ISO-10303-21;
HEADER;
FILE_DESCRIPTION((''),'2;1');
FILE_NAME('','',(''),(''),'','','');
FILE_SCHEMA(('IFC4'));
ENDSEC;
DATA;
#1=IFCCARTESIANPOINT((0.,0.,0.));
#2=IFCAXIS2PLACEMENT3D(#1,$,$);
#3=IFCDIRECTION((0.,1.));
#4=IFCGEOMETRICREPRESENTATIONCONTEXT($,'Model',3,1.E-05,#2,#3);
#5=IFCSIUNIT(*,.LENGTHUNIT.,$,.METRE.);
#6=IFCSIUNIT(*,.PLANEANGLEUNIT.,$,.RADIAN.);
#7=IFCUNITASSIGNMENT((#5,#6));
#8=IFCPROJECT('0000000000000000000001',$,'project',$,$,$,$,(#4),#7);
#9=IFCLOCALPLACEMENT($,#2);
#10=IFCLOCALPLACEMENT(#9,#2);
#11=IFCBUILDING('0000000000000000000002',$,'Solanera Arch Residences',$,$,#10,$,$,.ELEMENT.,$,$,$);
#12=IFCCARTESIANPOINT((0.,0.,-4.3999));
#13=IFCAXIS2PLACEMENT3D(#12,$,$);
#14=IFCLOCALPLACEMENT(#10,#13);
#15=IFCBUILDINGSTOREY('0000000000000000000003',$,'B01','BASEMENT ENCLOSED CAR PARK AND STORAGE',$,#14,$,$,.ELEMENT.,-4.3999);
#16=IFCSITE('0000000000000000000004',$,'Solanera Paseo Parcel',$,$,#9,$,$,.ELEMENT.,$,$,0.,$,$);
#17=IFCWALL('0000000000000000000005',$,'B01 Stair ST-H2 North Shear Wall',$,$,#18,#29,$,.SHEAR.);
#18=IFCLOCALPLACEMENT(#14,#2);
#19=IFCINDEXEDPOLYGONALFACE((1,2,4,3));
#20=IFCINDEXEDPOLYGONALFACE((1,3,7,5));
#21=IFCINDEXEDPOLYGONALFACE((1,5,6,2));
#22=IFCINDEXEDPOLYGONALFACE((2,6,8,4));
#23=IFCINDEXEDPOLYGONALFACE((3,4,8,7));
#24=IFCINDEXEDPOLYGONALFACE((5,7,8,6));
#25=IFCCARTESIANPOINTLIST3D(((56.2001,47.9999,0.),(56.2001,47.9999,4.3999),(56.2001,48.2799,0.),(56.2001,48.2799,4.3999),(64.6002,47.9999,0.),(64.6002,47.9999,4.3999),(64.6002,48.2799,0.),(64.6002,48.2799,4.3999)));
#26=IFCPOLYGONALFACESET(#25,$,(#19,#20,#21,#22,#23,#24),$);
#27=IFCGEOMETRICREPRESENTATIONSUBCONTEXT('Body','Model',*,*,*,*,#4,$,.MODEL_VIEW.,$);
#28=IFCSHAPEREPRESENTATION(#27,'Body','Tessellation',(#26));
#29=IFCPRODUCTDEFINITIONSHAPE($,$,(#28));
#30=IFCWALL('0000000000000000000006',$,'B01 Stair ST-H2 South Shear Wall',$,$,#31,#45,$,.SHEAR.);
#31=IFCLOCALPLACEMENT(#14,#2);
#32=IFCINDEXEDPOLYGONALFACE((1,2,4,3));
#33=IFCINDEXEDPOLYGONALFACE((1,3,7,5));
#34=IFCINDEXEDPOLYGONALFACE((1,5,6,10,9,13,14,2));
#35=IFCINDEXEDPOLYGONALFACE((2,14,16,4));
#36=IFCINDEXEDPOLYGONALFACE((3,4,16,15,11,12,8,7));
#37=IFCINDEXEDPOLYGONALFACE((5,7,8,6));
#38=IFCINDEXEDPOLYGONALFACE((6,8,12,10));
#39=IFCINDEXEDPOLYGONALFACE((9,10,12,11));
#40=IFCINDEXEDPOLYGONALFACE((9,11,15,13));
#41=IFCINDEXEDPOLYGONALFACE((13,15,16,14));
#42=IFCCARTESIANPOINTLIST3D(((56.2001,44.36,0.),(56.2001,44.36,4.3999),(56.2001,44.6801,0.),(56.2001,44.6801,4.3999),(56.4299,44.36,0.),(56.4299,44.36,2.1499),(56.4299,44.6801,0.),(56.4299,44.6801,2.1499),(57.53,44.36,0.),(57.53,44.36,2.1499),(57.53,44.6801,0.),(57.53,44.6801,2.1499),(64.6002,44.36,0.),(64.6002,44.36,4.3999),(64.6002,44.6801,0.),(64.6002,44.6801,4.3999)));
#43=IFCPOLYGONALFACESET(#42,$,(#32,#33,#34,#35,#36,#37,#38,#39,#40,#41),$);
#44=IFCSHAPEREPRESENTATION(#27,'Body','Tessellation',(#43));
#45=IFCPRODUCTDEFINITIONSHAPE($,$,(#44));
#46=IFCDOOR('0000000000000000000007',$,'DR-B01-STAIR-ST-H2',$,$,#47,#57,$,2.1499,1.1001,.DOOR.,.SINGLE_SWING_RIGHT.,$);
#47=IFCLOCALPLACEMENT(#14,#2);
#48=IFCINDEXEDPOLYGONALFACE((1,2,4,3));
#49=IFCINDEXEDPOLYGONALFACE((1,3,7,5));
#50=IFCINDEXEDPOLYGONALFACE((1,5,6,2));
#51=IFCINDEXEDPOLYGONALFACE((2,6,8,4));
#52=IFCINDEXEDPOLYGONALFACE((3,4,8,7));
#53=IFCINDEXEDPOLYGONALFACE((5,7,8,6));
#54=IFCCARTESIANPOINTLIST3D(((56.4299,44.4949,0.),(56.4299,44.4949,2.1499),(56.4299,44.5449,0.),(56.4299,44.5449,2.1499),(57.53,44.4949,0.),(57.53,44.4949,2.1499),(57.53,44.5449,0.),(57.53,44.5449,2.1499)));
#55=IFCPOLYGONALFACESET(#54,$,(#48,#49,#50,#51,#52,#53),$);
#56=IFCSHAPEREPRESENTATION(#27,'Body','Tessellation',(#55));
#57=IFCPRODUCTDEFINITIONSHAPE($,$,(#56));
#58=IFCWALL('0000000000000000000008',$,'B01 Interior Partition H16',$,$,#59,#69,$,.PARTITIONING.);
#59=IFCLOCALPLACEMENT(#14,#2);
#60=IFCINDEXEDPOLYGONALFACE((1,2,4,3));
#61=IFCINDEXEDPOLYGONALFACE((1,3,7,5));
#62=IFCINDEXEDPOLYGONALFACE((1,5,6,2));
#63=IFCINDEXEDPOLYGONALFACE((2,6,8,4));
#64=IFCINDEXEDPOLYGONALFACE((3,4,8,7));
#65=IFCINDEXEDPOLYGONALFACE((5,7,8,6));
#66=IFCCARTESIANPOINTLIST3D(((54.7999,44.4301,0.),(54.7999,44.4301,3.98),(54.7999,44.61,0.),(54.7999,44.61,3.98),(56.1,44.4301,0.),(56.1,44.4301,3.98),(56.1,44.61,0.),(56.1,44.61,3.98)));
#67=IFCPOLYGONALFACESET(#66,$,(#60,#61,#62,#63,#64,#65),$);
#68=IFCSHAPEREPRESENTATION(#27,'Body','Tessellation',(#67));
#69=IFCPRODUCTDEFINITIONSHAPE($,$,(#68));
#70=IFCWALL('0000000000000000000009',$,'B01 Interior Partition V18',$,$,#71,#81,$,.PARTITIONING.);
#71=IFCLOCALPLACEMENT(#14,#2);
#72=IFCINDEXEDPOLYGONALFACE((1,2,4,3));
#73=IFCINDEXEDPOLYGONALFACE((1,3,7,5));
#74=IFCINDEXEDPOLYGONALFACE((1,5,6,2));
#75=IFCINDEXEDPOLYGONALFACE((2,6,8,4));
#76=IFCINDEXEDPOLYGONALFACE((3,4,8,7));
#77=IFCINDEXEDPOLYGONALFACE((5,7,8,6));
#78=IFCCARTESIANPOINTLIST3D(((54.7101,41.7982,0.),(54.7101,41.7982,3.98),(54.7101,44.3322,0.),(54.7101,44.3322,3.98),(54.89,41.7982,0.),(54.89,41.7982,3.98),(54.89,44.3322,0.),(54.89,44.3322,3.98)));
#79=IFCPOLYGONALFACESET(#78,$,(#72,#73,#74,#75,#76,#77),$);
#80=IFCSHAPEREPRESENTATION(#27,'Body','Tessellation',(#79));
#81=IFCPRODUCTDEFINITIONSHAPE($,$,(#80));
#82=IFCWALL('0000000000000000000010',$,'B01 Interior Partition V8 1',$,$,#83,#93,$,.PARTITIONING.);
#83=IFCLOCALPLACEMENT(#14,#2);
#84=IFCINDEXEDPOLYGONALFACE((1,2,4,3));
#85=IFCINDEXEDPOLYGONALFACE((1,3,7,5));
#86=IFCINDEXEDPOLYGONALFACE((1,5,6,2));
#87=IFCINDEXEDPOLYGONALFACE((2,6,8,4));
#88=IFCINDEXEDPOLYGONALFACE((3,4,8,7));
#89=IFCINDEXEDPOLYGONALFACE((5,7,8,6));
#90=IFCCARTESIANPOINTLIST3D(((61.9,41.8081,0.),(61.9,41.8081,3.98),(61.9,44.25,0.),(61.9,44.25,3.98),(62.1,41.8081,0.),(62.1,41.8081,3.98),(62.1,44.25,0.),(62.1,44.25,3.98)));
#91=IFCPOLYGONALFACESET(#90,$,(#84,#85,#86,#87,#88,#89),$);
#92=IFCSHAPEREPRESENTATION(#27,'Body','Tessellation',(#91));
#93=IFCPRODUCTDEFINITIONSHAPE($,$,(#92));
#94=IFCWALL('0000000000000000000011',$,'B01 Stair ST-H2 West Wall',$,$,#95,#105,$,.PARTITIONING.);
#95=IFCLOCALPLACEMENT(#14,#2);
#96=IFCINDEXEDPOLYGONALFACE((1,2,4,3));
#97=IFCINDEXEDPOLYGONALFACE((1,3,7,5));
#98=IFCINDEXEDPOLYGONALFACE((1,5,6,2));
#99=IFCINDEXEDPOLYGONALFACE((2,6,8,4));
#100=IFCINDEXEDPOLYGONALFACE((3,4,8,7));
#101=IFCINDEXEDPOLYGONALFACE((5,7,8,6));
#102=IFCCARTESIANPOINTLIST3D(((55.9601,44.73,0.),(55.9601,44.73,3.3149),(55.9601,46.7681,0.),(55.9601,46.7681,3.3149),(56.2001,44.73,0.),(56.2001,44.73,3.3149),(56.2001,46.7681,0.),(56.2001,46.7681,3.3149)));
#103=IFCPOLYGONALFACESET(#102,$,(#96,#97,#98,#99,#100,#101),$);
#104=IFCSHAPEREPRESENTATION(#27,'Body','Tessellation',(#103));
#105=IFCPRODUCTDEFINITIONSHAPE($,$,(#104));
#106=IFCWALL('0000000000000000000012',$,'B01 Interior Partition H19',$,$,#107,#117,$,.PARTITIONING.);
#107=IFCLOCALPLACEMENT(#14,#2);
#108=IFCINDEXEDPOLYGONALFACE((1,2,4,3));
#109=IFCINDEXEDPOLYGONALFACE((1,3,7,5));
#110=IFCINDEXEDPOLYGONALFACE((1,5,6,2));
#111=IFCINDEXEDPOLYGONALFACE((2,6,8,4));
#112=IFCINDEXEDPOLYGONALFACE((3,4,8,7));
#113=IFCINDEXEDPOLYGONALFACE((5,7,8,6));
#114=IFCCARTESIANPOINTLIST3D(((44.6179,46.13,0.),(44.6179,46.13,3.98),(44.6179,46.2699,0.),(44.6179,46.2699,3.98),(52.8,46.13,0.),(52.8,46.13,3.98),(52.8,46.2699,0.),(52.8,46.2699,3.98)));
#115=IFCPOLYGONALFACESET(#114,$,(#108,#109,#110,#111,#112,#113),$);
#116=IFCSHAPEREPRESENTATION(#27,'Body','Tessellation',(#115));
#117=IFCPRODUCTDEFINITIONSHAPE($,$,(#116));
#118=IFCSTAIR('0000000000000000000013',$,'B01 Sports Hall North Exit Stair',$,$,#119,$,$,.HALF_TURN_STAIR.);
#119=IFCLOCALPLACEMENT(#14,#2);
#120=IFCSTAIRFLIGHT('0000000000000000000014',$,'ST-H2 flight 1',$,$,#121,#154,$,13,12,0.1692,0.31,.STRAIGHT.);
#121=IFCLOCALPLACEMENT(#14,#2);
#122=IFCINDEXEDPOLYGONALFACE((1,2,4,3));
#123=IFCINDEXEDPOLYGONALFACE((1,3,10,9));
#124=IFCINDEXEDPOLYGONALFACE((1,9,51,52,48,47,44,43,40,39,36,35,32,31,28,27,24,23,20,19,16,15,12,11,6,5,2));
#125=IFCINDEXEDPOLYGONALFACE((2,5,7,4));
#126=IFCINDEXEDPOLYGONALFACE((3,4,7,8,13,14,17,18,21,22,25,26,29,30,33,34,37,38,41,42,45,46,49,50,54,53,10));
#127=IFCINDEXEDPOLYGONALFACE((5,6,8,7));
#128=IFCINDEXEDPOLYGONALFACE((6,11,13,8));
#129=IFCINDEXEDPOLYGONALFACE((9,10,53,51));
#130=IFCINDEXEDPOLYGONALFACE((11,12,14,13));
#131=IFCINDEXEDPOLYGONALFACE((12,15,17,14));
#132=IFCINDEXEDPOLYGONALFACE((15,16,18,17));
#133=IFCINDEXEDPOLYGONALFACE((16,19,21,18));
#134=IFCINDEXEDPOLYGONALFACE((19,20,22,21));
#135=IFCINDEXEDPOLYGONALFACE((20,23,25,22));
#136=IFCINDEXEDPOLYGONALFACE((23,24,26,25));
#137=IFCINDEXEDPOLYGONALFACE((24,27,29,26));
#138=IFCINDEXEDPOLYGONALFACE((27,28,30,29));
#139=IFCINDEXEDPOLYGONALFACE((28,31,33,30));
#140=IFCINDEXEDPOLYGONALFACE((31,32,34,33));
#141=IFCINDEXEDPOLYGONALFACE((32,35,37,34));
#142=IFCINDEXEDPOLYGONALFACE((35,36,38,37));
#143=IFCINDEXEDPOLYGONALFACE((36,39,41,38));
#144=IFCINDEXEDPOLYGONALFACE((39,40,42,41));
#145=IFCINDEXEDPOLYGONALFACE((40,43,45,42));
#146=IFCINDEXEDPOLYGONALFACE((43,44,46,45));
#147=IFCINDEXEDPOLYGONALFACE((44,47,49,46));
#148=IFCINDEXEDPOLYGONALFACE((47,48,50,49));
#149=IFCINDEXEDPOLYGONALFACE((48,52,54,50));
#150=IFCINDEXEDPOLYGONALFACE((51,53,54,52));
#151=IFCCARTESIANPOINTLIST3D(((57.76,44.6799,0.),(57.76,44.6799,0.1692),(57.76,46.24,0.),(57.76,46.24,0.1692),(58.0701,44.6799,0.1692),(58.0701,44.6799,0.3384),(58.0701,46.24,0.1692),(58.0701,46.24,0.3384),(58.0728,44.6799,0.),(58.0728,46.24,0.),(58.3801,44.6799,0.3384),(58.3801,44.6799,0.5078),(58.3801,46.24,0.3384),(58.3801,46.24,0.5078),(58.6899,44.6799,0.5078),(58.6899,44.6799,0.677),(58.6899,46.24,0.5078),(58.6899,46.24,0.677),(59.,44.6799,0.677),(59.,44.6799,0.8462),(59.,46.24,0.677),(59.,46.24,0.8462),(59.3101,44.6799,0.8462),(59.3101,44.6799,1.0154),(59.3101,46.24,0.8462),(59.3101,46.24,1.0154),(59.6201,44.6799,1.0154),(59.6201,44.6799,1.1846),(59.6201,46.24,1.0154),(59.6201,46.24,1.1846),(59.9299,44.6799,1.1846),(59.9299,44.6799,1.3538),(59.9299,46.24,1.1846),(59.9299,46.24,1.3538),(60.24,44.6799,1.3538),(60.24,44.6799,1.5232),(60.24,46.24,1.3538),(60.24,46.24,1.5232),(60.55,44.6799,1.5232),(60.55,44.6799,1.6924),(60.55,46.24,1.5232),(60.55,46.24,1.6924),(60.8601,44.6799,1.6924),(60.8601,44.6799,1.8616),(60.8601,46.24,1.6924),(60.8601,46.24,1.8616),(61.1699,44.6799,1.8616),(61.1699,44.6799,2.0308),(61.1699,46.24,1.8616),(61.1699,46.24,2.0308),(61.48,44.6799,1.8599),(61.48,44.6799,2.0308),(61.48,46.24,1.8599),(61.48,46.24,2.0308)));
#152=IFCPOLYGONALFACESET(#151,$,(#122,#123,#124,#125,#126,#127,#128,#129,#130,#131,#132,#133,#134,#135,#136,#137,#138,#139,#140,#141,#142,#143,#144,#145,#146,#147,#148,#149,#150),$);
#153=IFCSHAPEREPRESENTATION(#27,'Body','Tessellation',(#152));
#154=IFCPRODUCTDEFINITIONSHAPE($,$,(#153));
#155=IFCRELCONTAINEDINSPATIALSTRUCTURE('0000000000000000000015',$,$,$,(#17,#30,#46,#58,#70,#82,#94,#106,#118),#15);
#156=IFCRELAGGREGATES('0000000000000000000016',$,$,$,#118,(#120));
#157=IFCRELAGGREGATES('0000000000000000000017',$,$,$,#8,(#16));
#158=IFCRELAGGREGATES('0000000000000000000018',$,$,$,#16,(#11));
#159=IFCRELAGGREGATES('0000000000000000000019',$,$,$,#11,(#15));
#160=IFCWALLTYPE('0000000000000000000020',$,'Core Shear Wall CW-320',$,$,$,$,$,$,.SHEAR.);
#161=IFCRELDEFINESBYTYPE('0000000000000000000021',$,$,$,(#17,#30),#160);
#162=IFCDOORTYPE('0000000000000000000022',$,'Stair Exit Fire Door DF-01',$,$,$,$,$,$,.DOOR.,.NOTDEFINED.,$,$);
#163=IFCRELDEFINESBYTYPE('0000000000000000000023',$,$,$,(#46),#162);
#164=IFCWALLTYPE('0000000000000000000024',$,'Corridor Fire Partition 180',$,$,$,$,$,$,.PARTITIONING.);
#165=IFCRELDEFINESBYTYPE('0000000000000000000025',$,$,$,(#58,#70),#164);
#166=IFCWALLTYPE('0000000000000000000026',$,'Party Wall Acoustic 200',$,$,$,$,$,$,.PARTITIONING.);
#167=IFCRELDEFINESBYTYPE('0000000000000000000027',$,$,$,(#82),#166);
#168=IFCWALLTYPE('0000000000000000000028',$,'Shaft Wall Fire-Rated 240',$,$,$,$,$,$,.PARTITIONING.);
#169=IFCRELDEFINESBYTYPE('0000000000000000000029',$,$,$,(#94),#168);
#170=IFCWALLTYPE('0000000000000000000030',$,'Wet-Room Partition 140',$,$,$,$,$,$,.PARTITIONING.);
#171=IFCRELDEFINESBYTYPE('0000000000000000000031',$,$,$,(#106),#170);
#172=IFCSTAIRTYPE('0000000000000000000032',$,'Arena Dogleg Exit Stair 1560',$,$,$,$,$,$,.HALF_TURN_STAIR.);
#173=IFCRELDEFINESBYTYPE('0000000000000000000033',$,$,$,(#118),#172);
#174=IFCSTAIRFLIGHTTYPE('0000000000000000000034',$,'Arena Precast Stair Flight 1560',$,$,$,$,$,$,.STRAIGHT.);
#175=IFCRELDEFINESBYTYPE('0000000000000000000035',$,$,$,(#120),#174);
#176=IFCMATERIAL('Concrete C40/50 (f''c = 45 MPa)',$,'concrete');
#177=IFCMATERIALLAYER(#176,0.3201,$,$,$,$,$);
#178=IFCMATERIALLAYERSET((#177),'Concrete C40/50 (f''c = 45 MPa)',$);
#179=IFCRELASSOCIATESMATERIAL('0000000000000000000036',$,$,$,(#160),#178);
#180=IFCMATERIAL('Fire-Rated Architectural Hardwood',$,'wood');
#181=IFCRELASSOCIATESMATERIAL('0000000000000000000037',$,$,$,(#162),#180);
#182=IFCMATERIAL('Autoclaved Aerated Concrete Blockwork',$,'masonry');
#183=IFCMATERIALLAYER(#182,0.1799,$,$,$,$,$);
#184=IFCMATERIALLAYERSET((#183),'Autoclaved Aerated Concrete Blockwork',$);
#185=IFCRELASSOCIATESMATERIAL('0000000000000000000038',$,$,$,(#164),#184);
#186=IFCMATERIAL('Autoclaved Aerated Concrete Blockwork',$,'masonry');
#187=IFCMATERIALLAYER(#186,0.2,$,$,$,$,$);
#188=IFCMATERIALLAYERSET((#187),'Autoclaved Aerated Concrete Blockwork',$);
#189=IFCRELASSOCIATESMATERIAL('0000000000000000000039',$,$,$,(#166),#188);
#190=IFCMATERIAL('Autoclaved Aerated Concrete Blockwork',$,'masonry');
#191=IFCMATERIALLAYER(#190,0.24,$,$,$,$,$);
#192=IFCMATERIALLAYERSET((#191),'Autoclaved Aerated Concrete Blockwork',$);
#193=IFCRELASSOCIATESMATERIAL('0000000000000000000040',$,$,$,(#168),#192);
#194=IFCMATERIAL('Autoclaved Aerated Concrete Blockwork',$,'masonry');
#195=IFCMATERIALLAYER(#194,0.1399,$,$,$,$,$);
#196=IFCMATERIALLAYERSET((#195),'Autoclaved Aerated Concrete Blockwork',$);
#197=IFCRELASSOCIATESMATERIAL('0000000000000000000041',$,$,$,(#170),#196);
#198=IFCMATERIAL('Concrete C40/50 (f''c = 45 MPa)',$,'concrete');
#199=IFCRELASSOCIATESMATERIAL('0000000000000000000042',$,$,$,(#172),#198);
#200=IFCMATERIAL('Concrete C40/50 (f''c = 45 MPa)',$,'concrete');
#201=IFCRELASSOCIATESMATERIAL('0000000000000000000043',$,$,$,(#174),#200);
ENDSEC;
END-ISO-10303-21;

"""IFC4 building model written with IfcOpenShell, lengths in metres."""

from ifc_helpers import new_model, si_unit, direction, frame, frame_2d, origin, place, context, subcontext, project, spatial, polyline, rectangle, outline, extrude, material, layer, layer_set, type_object, element, fill, aggregate, save


model = new_model("IFC4")

# Units and contexts
model_context = context("Model", 3, precision=1e-05, world=origin(), true_north=direction((0.0, 1.0)))
body_context = subcontext(model_context, "Body", "Model", "MODEL_VIEW")
ifc_project = project(units=[si_unit("LENGTHUNIT", "METRE"), si_unit("PLANEANGLEUNIT", "RADIAN")], contexts=[model_context])

# Site, building, storey
site_placement = place(None, origin())
site = spatial("IfcSite", under=ifc_project, at=site_placement, Name="Solanera Paseo Parcel", CompositionType="ELEMENT", RefElevation=0.0)
building_placement = place(site_placement, origin())
building = spatial("IfcBuilding", under=site, at=building_placement, Name="Solanera Arch Residences", CompositionType="ELEMENT")
storey_placement = place(building_placement, frame((0.0, 0.0, -4.3999)))
storey = spatial("IfcBuildingStorey", under=building, at=storey_placement, Name="B01", Description="BASEMENT ENCLOSED CAR PARK AND STORAGE", CompositionType="ELEMENT", Elevation=-4.3999)

# Wall
ifc_material_1 = material(Name="Concrete C40/50 (f'c = 45 MPa)", Category="concrete")
ifc_layer_1 = layer(ifc_material_1, 0.3201)
ifc_layer_set_1 = layer_set([ifc_layer_1], Name="Concrete C40/50 (f'c = 45 MPa)")
wall_type_1 = type_object("IfcWallType", Name="Core Shear Wall CW-320", PredefinedType="SHEAR", material=ifc_layer_set_1)
wall_1_placement = place(storey_placement, frame((56.2, 48.1399, 0.0), z_axis=(0.0, 0.0, 1.0), x_axis=(1.0, 0.0, 0.0)))
element("IfcWall", 1, at=wall_1_placement, inside=storey, type_object=wall_type_1, Name="B01 Stair ST-H2 North Shear Wall", PredefinedType="SHEAR", context=body_context, shape_type="SweptSolid", body=[
    extrude(rectangle(XDim=8.4001, YDim=0.28, at=frame_2d((4.2002, 0.0))), origin(), (0.0, 0.0, 1.0), 4.3999),
])

# Wall, opening, door
wall_2_placement = place(storey_placement, frame((56.2, 44.52, 0.0), z_axis=(0.0, 0.0, 1.0), x_axis=(1.0, 0.0, 0.0)))
wall_2 = element("IfcWall", 2, at=wall_2_placement, inside=storey, type_object=wall_type_1, Name="B01 Stair ST-H2 South Shear Wall", PredefinedType="SHEAR", context=body_context, shape_type="SweptSolid", body=[
    extrude(rectangle(XDim=8.4001, YDim=0.3201, at=frame_2d((4.2002, 0.0))), origin(), (0.0, 0.0, 1.0), 4.3999),
])
opening_placement = place(wall_2_placement, frame((0.23, 0.0, 0.0)))
opening = element("IfcOpeningElement", 3, at=opening_placement, cuts=wall_2, PredefinedType="OPENING", context=body_context, shape_type="SweptSolid", body=[
    extrude(rectangle(XDim=1.1001, YDim=2.1499, at=frame_2d((0.55, 1.075))), frame((0.0, 0.1699, 0.0), z_axis=(0.0, -1.0, 0.0), x_axis=(1.0, 0.0, 0.0)), (0.0, 0.0, 1.0), 0.3401),
])
ifc_material_2 = material(Name="Fire-Rated Architectural Hardwood", Category="wood")
door_type = type_object("IfcDoorType", Name="Stair Exit Fire Door DF-01", OperationType="NOTDEFINED", PredefinedType="DOOR", material=ifc_material_2)
door_placement = place(opening_placement, origin())
door = element("IfcDoor", 4, at=door_placement, inside=storey, type_object=door_type, Name="DR-B01-STAIR-ST-H2", OperationType="SINGLE_SWING_RIGHT", OverallHeight=2.1499, OverallWidth=1.1001, PredefinedType="DOOR", context=body_context, shape_type="SweptSolid", body=[
    extrude(rectangle(XDim=1.1001, YDim=2.1499, at=frame_2d((0.55, 1.075))), frame((0.0, 0.0249, 0.0), z_axis=(0.0, -1.0, 0.0), x_axis=(1.0, 0.0, 0.0)), (0.0, 0.0, 1.0), 0.05),
])
fill(opening, door)

# Walls
ifc_material_3 = material(Name="Autoclaved Aerated Concrete Blockwork", Category="masonry")
ifc_layer_2 = layer(ifc_material_3, 0.1799)
ifc_layer_set_2 = layer_set([ifc_layer_2], Name="Autoclaved Aerated Concrete Blockwork")
wall_type_2 = type_object("IfcWallType", Name="Corridor Fire Partition 180", PredefinedType="PARTITIONING", material=ifc_layer_set_2)
wall_3_placement = place(storey_placement, frame((54.8, 44.52, 0.0), z_axis=(0.0, 0.0, 1.0), x_axis=(1.0, 0.0, 0.0)))
element("IfcWall", 5, at=wall_3_placement, inside=storey, type_object=wall_type_2, Name="B01 Interior Partition H16", PredefinedType="PARTITIONING", context=body_context, shape_type="SweptSolid", body=[
    extrude(rectangle(XDim=1.3, YDim=0.1799, at=frame_2d((0.6499, 0.0))), origin(), (0.0, 0.0, 1.0), 3.98),
])
wall_4_placement = place(storey_placement, frame((54.8, 41.7981, 0.0), z_axis=(0.0, 0.0, 1.0), x_axis=(0.0, 1.0, 0.0)))
element("IfcWall", 6, at=wall_4_placement, inside=storey, type_object=wall_type_2, Name="B01 Interior Partition V18", PredefinedType="PARTITIONING", context=body_context, shape_type="SweptSolid", body=[
    extrude(rectangle(XDim=2.5339, YDim=0.1799, at=frame_2d((1.2671, 0.0))), origin(), (0.0, 0.0, 1.0), 3.98),
])
ifc_material_4 = material(Name="Autoclaved Aerated Concrete Blockwork", Category="masonry")
ifc_layer_3 = layer(ifc_material_4, 0.2)
ifc_layer_set_3 = layer_set([ifc_layer_3], Name="Autoclaved Aerated Concrete Blockwork")
wall_type_3 = type_object("IfcWallType", Name="Party Wall Acoustic 200", PredefinedType="PARTITIONING", material=ifc_layer_set_3)
wall_5_placement = place(storey_placement, frame((62.0, 41.8081, 0.0), z_axis=(0.0, 0.0, 1.0), x_axis=(0.0, 1.0, 0.0)))
element("IfcWall", 7, at=wall_5_placement, inside=storey, type_object=wall_type_3, Name="B01 Interior Partition V8 1", PredefinedType="PARTITIONING", context=body_context, shape_type="SweptSolid", body=[
    extrude(rectangle(XDim=2.4419, YDim=0.2, at=frame_2d((1.2209, 0.0))), origin(), (0.0, 0.0, 1.0), 3.98),
])
ifc_material_5 = material(Name="Autoclaved Aerated Concrete Blockwork", Category="masonry")
ifc_layer_4 = layer(ifc_material_5, 0.24)
ifc_layer_set_4 = layer_set([ifc_layer_4], Name="Autoclaved Aerated Concrete Blockwork")
wall_type_4 = type_object("IfcWallType", Name="Shaft Wall Fire-Rated 240", PredefinedType="PARTITIONING", material=ifc_layer_set_4)
wall_6_placement = place(storey_placement, frame((56.0801, 44.73, 0.0), z_axis=(0.0, 0.0, 1.0), x_axis=(0.0, 1.0, 0.0)))
element("IfcWall", 8, at=wall_6_placement, inside=storey, type_object=wall_type_4, Name="B01 Stair ST-H2 West Wall", PredefinedType="PARTITIONING", context=body_context, shape_type="SweptSolid", body=[
    extrude(rectangle(XDim=2.0381, YDim=0.24, at=frame_2d((1.019, 0.0))), origin(), (0.0, 0.0, 1.0), 3.3149),
])
ifc_material_6 = material(Name="Autoclaved Aerated Concrete Blockwork", Category="masonry")
ifc_layer_5 = layer(ifc_material_6, 0.1399)
ifc_layer_set_5 = layer_set([ifc_layer_5], Name="Autoclaved Aerated Concrete Blockwork")
wall_type_5 = type_object("IfcWallType", Name="Wet-Room Partition 140", PredefinedType="PARTITIONING", material=ifc_layer_set_5)
wall_7_placement = place(storey_placement, frame((44.6179, 46.2, 0.0), z_axis=(0.0, 0.0, 1.0), x_axis=(1.0, 0.0, 0.0)))
element("IfcWall", 9, at=wall_7_placement, inside=storey, type_object=wall_type_5, Name="B01 Interior Partition H19", PredefinedType="PARTITIONING", context=body_context, shape_type="SweptSolid", body=[
    extrude(rectangle(XDim=8.1821, YDim=0.1399, at=frame_2d((4.0911, 0.0))), origin(), (0.0, 0.0, 1.0), 3.98),
])

# Stair, stair flight
ifc_material_7 = material(Name="Concrete C40/50 (f'c = 45 MPa)", Category="concrete")
stair_type = type_object("IfcStairType", Name="Arena Dogleg Exit Stair 1560", PredefinedType="HALF_TURN_STAIR", material=ifc_material_7)
stair_placement = place(storey_placement, origin())
stair = element("IfcStair", 10, at=stair_placement, inside=storey, type_object=stair_type, Name="B01 Sports Hall North Exit Stair", PredefinedType="HALF_TURN_STAIR")
ifc_material_8 = material(Name="Concrete C40/50 (f'c = 45 MPa)", Category="concrete")
stair_flight_type = type_object("IfcStairFlightType", Name="Arena Precast Stair Flight 1560", PredefinedType="STRAIGHT", material=ifc_material_8)
stair_flight_1_placement = place(storey_placement, frame((57.76, 45.46, 0.0), z_axis=(0.0, 0.0, 1.0), x_axis=(1.0, 0.0, 0.0)))
stair_flight_1 = element("IfcStairFlight", 11, at=stair_flight_1_placement, type_object=stair_flight_type, Name="ST-H2 flight 1", NumberOfRisers=13, NumberOfTreads=12, PredefinedType="STRAIGHT", RiserHeight=0.1692, TreadLength=0.31, context=body_context, shape_type="SweptSolid", body=[
    extrude(outline(polyline([(0.0, 0.0), (0.0, 0.1692), (0.3101, 0.1692), (0.3101, 0.3384), (0.6201, 0.3384), (0.6201, 0.5078), (0.9299, 0.5078), (0.9299, 0.677), (1.24, 0.677), (1.24, 0.8462), (1.55, 0.8462), (1.55, 1.0154), (1.8601, 1.0154), (1.8601, 1.1846), (2.1699, 1.1846), (2.1699, 1.3538), (2.48, 1.3538), (2.48, 1.5232), (2.79, 1.5232), (2.79, 1.6924), (3.1001, 1.6924), (3.1001, 1.8616), (3.4099, 1.8616), (3.4099, 2.0308), (3.72, 2.0308), (3.72, 2.2), (3.72, 1.8599), (0.3127, 0.0), (0.0, 0.0)])), frame((0.0, 0.78, 0.0), z_axis=(0.0, -1.0, 0.0), x_axis=(1.0, 0.0, 0.0)), (0.0, 0.0, 1.0), 1.5601),
])
aggregate(stair, [stair_flight_1])

save(model, "model.ifc")
